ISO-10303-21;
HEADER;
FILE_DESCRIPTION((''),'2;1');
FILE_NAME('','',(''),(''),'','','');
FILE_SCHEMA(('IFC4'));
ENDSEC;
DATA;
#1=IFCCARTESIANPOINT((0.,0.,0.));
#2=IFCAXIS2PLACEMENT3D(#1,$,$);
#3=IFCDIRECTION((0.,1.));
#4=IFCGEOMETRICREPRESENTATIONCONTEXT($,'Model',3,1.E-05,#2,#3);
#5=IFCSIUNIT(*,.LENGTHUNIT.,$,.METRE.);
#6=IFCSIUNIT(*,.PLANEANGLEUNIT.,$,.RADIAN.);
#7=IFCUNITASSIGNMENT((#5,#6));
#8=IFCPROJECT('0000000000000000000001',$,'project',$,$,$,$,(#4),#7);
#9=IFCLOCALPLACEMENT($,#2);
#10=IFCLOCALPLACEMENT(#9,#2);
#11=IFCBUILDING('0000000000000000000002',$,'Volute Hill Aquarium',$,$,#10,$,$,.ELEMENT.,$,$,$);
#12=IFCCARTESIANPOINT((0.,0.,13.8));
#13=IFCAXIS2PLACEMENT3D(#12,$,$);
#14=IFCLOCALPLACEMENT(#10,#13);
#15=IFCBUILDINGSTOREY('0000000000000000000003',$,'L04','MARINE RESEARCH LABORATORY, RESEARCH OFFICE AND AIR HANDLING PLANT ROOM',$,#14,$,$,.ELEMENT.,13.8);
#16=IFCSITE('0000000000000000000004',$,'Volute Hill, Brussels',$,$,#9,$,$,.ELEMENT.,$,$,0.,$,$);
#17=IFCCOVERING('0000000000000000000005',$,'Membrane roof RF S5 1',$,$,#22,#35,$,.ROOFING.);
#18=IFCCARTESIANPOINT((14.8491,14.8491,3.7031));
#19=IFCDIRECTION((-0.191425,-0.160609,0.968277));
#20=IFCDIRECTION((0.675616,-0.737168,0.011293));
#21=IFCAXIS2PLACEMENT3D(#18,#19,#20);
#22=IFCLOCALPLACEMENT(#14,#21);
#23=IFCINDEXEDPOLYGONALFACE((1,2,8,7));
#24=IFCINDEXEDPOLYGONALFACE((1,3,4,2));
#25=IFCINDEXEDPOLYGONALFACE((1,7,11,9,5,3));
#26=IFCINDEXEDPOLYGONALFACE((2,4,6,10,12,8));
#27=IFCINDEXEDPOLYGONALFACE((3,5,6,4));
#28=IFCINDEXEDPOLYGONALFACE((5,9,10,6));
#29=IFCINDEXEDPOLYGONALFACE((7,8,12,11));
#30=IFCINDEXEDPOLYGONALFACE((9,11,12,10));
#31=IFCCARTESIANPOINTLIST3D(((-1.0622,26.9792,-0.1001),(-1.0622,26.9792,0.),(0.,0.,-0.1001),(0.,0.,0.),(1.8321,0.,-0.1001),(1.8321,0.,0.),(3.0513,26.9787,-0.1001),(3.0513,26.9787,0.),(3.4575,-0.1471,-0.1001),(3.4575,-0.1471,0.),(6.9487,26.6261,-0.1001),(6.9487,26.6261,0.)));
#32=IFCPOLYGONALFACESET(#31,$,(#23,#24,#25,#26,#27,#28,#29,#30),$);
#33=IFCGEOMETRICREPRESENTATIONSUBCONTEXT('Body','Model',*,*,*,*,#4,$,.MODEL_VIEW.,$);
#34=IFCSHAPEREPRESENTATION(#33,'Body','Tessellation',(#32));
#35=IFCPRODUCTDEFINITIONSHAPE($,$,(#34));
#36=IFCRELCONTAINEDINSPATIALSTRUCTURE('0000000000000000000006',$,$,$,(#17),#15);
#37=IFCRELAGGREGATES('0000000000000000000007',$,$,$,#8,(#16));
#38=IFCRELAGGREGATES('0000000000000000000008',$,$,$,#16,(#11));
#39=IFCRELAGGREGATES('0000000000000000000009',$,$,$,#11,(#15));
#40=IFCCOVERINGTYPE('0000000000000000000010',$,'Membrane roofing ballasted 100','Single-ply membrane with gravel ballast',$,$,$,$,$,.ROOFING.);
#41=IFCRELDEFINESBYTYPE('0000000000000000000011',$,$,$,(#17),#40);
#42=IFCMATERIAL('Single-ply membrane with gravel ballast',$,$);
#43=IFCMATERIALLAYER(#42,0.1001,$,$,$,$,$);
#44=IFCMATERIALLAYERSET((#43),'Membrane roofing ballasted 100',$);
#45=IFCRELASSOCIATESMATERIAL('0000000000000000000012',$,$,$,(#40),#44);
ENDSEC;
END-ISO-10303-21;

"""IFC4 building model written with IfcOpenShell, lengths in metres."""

from ifc_helpers import new_model, si_unit, direction, frame, origin, place, context, subcontext, project, spatial, polyline, outline, extrude, material, layer, layer_set, type_object, element, save


model = new_model("IFC4")

# Units and contexts
model_context = context("Model", 3, precision=1e-05, world=origin(), true_north=direction((0.0, 1.0)))
body_context = subcontext(model_context, "Body", "Model", "MODEL_VIEW")
ifc_project = project(units=[si_unit("LENGTHUNIT", "METRE"), si_unit("PLANEANGLEUNIT", "RADIAN")], contexts=[model_context])

# Site, building, storey
site_placement = place(None, origin())
site = spatial("IfcSite", under=ifc_project, at=site_placement, Name="Volute Hill, Brussels", CompositionType="ELEMENT", RefElevation=0.0)
building_placement = place(site_placement, origin())
building = spatial("IfcBuilding", under=site, at=building_placement, Name="Volute Hill Aquarium", CompositionType="ELEMENT")
storey_placement = place(building_placement, frame((0.0, 0.0, 13.8)))
storey = spatial("IfcBuildingStorey", under=building, at=storey_placement, Name="L04", Description="MARINE RESEARCH LABORATORY, RESEARCH OFFICE AND AIR HANDLING PLANT ROOM", CompositionType="ELEMENT", Elevation=13.8)

# Covering
ifc_material_1 = material(Name="Single-ply membrane with gravel ballast")
ifc_layer_1 = layer(ifc_material_1, 0.1001)
ifc_layer_set_1 = layer_set([ifc_layer_1], Name="Membrane roofing ballasted 100")
covering_type_1 = type_object("IfcCoveringType", Name="Membrane roofing ballasted 100", Description="Single-ply membrane with gravel ballast", PredefinedType="ROOFING", material=ifc_layer_set_1)
covering_placement = place(storey_placement, frame((14.8491, 14.8491, 3.7031), z_axis=(-0.191425, -0.160609, 0.968277), x_axis=(0.675616, -0.737168, 0.011293)))
element("IfcCovering", 1, at=covering_placement, inside=storey, type_object=covering_type_1, Name="Membrane roof RF S5 1", PredefinedType="ROOFING", context=body_context, shape_type="SweptSolid", body=[
    extrude(outline(polyline([(0.0, 0.0), (1.8321, 0.0), (3.4575, -0.1471), (6.9487, 26.6261), (3.0513, 26.9787), (-1.0622, 26.9792), (0.0, 0.0)])), origin(), (0.0, 0.0, -1.0), 0.1001),
])

save(model, "model.ifc")
